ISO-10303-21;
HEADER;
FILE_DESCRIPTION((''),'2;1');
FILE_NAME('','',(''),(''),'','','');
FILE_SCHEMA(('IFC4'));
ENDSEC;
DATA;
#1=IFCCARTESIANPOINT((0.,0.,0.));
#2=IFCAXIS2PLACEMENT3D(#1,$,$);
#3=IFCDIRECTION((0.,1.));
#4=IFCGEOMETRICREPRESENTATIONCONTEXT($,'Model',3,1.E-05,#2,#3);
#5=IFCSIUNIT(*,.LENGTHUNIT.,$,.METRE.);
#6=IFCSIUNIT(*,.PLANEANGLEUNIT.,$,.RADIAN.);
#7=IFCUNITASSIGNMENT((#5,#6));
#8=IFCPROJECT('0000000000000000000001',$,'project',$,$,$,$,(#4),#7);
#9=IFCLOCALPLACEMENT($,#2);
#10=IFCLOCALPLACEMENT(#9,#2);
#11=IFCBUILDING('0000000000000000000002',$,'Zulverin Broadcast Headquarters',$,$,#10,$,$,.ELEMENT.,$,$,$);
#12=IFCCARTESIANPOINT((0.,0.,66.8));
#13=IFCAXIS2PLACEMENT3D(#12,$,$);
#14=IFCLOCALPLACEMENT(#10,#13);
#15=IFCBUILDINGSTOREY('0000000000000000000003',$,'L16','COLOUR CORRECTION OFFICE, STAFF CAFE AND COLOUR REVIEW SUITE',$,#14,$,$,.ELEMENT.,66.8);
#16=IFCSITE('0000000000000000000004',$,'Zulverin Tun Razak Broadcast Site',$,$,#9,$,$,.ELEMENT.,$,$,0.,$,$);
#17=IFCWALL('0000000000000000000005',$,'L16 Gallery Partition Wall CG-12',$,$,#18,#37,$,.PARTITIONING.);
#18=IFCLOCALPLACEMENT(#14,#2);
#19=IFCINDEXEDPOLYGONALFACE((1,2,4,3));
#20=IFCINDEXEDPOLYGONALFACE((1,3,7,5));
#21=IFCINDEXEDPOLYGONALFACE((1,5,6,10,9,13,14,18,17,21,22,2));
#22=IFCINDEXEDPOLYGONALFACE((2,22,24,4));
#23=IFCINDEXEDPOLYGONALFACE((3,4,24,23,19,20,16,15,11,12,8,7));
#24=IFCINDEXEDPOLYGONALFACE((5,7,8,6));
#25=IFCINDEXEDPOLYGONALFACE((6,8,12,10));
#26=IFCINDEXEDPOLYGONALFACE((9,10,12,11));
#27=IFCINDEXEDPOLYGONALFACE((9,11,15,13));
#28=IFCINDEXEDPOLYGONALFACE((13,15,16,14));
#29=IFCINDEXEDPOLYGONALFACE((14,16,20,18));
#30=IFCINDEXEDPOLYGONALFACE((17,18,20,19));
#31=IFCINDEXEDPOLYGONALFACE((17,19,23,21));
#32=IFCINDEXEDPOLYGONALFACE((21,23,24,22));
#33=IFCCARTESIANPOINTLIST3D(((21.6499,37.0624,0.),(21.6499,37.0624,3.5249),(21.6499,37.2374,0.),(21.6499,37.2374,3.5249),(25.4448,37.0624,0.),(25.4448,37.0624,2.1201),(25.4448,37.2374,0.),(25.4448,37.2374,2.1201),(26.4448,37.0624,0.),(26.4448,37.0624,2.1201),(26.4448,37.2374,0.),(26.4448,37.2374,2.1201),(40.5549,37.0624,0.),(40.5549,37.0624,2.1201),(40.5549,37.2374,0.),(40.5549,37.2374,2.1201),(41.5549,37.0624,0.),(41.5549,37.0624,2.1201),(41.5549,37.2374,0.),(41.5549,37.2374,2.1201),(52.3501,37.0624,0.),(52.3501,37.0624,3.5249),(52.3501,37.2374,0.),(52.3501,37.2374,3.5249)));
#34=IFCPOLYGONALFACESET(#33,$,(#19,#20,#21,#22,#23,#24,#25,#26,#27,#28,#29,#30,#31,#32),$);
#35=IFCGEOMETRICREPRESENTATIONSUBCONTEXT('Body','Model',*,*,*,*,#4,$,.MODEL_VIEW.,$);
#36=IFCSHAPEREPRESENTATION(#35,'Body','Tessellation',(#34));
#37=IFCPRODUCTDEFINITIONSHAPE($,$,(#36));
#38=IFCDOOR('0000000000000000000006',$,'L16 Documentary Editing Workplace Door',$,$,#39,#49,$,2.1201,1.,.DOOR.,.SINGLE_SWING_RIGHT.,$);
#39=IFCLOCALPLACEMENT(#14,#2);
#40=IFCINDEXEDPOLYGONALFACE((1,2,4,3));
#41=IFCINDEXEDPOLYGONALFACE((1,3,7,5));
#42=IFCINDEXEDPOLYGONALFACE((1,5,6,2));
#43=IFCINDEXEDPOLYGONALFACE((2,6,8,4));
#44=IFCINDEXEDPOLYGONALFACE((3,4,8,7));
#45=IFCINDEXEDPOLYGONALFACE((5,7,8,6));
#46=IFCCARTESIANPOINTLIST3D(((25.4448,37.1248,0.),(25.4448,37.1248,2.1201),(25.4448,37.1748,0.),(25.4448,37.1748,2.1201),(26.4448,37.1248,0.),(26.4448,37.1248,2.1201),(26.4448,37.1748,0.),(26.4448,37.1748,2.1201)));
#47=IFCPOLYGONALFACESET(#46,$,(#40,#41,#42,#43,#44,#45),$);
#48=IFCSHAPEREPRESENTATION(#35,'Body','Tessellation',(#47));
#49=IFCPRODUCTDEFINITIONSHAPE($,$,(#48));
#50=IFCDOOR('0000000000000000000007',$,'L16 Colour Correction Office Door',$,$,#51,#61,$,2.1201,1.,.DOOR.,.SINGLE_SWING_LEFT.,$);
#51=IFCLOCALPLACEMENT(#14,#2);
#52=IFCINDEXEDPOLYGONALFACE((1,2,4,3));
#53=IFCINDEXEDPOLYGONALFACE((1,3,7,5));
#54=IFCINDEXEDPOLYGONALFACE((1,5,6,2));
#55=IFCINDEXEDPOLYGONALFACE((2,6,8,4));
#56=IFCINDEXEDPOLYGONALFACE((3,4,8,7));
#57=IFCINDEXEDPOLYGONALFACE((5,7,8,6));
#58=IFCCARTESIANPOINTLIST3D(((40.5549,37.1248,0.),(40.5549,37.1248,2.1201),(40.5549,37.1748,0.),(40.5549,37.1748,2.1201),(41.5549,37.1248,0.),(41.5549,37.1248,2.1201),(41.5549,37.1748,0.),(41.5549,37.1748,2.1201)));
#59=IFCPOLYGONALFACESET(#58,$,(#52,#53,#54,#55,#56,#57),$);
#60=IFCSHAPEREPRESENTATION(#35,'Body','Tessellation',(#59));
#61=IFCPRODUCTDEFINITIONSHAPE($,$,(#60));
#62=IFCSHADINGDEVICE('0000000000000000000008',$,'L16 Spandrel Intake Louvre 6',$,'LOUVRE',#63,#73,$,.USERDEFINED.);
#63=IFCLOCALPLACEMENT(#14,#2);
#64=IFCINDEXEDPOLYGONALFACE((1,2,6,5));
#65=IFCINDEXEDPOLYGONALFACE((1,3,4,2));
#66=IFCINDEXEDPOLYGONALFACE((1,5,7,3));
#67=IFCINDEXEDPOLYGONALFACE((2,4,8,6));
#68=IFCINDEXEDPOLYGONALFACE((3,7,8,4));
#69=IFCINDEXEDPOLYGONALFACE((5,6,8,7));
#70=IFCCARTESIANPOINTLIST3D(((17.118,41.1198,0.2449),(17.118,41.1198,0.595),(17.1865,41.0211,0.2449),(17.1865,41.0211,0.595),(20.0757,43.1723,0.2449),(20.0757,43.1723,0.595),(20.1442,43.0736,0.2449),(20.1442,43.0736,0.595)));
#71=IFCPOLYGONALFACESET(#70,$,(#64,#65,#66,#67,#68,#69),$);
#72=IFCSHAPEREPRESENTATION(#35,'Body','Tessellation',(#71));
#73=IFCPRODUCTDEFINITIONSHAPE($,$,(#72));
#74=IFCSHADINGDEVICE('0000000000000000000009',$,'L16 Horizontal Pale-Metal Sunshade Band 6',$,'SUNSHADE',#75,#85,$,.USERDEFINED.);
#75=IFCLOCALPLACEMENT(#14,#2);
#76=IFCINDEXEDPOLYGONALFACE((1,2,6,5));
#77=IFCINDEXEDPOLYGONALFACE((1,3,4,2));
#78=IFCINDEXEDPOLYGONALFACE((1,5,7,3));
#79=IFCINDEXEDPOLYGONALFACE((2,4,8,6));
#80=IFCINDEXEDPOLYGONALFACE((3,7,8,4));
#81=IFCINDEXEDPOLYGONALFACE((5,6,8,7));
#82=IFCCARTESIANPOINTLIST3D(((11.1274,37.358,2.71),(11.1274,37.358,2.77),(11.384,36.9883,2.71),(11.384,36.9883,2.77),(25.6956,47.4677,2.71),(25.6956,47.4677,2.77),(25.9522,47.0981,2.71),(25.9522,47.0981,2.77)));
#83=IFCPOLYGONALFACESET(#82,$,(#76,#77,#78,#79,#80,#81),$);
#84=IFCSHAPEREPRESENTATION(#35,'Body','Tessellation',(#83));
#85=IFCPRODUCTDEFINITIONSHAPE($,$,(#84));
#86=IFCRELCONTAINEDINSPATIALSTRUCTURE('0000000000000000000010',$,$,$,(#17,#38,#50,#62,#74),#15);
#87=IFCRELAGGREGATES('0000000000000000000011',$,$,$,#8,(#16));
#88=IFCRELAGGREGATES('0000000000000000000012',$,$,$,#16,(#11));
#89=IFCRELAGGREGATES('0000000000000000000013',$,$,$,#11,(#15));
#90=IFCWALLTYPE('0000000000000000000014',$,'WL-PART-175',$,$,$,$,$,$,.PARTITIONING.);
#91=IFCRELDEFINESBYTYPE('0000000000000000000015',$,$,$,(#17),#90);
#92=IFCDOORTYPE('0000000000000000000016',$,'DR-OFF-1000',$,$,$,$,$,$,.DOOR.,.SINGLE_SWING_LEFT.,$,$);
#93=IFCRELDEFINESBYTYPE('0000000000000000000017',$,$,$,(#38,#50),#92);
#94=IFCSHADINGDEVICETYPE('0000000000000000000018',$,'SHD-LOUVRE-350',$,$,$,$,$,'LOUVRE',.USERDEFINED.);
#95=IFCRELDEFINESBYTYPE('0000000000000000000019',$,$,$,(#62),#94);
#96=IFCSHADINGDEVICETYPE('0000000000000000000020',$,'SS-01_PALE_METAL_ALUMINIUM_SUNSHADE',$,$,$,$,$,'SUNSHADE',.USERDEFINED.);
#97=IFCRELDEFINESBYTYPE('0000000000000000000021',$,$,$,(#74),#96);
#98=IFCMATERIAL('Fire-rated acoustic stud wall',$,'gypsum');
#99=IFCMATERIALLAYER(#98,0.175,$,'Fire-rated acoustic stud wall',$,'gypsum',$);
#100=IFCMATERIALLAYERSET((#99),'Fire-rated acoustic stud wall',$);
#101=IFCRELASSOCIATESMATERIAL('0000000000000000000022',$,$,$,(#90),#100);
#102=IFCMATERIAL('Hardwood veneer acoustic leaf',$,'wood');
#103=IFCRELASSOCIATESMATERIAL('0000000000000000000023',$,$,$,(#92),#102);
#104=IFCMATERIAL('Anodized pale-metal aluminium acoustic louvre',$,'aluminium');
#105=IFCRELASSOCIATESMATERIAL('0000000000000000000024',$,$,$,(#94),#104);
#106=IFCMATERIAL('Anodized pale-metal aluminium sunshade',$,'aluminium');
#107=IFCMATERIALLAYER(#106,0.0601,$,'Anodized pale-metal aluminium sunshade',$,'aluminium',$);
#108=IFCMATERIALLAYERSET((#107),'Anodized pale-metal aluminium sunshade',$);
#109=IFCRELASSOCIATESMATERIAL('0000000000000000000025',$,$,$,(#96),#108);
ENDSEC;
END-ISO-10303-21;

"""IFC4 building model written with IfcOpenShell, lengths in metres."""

from ifc_helpers import new_model, si_unit, direction, frame, frame_2d, origin, origin_2d, place, context, subcontext, project, spatial, rectangle, extrude, material, layer, layer_set, type_object, element, fill, save


model = new_model("IFC4")

# Units and contexts
model_context = context("Model", 3, precision=1e-05, world=origin(), true_north=direction((0.0, 1.0)))
body_context = subcontext(model_context, "Body", "Model", "MODEL_VIEW")
ifc_project = project(units=[si_unit("LENGTHUNIT", "METRE"), si_unit("PLANEANGLEUNIT", "RADIAN")], contexts=[model_context])

# Site, building, storey
site_placement = place(None, origin())
site = spatial("IfcSite", under=ifc_project, at=site_placement, Name="Zulverin Tun Razak Broadcast Site", CompositionType="ELEMENT", RefElevation=0.0)
building_placement = place(site_placement, origin())
building = spatial("IfcBuilding", under=site, at=building_placement, Name="Zulverin Broadcast Headquarters", CompositionType="ELEMENT")
storey_placement = place(building_placement, frame((0.0, 0.0, 66.8)))
storey = spatial("IfcBuildingStorey", under=building, at=storey_placement, Name="L16", Description="COLOUR CORRECTION OFFICE, STAFF CAFE AND COLOUR REVIEW SUITE", CompositionType="ELEMENT", Elevation=66.8)

# Wall, openings, doors
ifc_material_1 = material(Name="Fire-rated acoustic stud wall", Category="gypsum")
ifc_layer_1 = layer(ifc_material_1, 0.175, Name="Fire-rated acoustic stud wall", Category="gypsum")
ifc_layer_set_1 = layer_set([ifc_layer_1], Name="Fire-rated acoustic stud wall")
wall_type_1 = type_object("IfcWallType", Name="WL-PART-175", PredefinedType="PARTITIONING", material=ifc_layer_set_1)
wall_1_placement = place(storey_placement, frame((21.6499, 37.1499, 0.0), z_axis=(0.0, 0.0, 1.0), x_axis=(1.0, 0.0, 0.0)))
wall_1 = element("IfcWall", 1, at=wall_1_placement, inside=storey, type_object=wall_type_1, Name="L16 Gallery Partition Wall CG-12", PredefinedType="PARTITIONING", context=body_context, shape_type="SweptSolid", body=[
    extrude(rectangle(XDim=30.7002, YDim=0.175, at=frame_2d((15.3501, 0.0))), origin(), (0.0, 0.0, 1.0), 3.5249),
])
opening_1_placement = place(wall_1_placement, frame((3.7949, 0.0, 0.0)))
opening_1 = element("IfcOpeningElement", 2, at=opening_1_placement, cuts=wall_1, PredefinedType="OPENING", context=body_context, shape_type="SweptSolid", body=[
    extrude(rectangle(XDim=1.0, YDim=2.1201, at=frame_2d((0.5, 1.0601))), frame((0.0, 0.0974, 0.0), z_axis=(0.0, -1.0, 0.0), x_axis=(1.0, 0.0, 0.0)), (0.0, 0.0, 1.0), 0.1951),
])
opening_2_placement = place(wall_1_placement, frame((18.905, 0.0, 0.0)))
opening_2 = element("IfcOpeningElement", 3, at=opening_2_placement, cuts=wall_1, PredefinedType="OPENING", context=body_context, shape_type="SweptSolid", body=[
    extrude(rectangle(XDim=1.0, YDim=2.1201, at=frame_2d((0.5, 1.0601))), frame((0.0, 0.0974, 0.0), z_axis=(0.0, -1.0, 0.0), x_axis=(1.0, 0.0, 0.0)), (0.0, 0.0, 1.0), 0.1951),
])
ifc_material_2 = material(Name="Hardwood veneer acoustic leaf", Category="wood")
door_type_1 = type_object("IfcDoorType", Name="DR-OFF-1000", OperationType="SINGLE_SWING_LEFT", PredefinedType="DOOR", material=ifc_material_2)
door_1_placement = place(opening_1_placement, origin())
door_1 = element("IfcDoor", 4, at=door_1_placement, inside=storey, type_object=door_type_1, Name="L16 Documentary Editing Workplace Door", OperationType="SINGLE_SWING_RIGHT", OverallHeight=2.1201, OverallWidth=1.0, PredefinedType="DOOR", context=body_context, shape_type="SweptSolid", body=[
    extrude(rectangle(XDim=1.0, YDim=2.1201, at=frame_2d((0.5, 1.0601))), frame((0.0, 0.0249, 0.0), z_axis=(0.0, -1.0, 0.0), x_axis=(1.0, 0.0, 0.0)), (0.0, 0.0, 1.0), 0.05),
])
fill(opening_1, door_1)
door_2_placement = place(opening_2_placement, origin())
door_2 = element("IfcDoor", 5, at=door_2_placement, inside=storey, type_object=door_type_1, Name="L16 Colour Correction Office Door", OperationType="SINGLE_SWING_LEFT", OverallHeight=2.1201, OverallWidth=1.0, PredefinedType="DOOR", context=body_context, shape_type="SweptSolid", body=[
    extrude(rectangle(XDim=1.0, YDim=2.1201, at=frame_2d((0.5, 1.0601))), frame((0.0, 0.0249, 0.0), z_axis=(0.0, -1.0, 0.0), x_axis=(1.0, 0.0, 0.0)), (0.0, 0.0, 1.0), 0.05),
])
fill(opening_2, door_2)

# Shading devices
ifc_material_3 = material(Name="Anodized pale-metal aluminium acoustic louvre", Category="aluminium")
shading_device_type_1 = type_object("IfcShadingDeviceType", Name="SHD-LOUVRE-350", ElementType="LOUVRE", PredefinedType="USERDEFINED", material=ifc_material_3)
shading_device_1_placement = place(storey_placement, frame((18.6311, 42.0967, 0.2449), z_axis=(0.0, 0.0, 1.0), x_axis=(-0.821556, -0.570127, 0.0)))
element("IfcShadingDevice", 6, at=shading_device_1_placement, inside=storey, type_object=shading_device_type_1, Name="L16 Spandrel Intake Louvre 6", ObjectType="LOUVRE", PredefinedType="USERDEFINED", context=body_context, shape_type="SweptSolid", body=[
    extrude(rectangle(XDim=3.6001, YDim=0.1201, at=origin_2d()), origin(), (0.0, 0.0, 1.0), 0.3501),
])
ifc_material_4 = material(Name="Anodized pale-metal aluminium sunshade", Category="aluminium")
ifc_layer_2 = layer(ifc_material_4, 0.0601, Name="Anodized pale-metal aluminium sunshade", Category="aluminium")
ifc_layer_set_2 = layer_set([ifc_layer_2], Name="Anodized pale-metal aluminium sunshade")
shading_device_type_2 = type_object("IfcShadingDeviceType", Name="SS-01_PALE_METAL_ALUMINIUM_SUNSHADE", ElementType="SUNSHADE", PredefinedType="USERDEFINED", material=ifc_layer_set_2)
shading_device_2_placement = place(storey_placement, frame((18.5398, 42.228, 2.71), z_axis=(0.0, 0.0, 1.0), x_axis=(-0.821556, -0.570127, 0.0)))
element("IfcShadingDevice", 7, at=shading_device_2_placement, inside=storey, type_object=shading_device_type_2, Name="L16 Horizontal Pale-Metal Sunshade Band 6", ObjectType="SUNSHADE", PredefinedType="USERDEFINED", context=body_context, shape_type="SweptSolid", body=[
    extrude(rectangle(XDim=17.7324, YDim=0.45, at=origin_2d()), origin(), (0.0, 0.0, 1.0), 0.0601),
])

save(model, "model.ifc")
